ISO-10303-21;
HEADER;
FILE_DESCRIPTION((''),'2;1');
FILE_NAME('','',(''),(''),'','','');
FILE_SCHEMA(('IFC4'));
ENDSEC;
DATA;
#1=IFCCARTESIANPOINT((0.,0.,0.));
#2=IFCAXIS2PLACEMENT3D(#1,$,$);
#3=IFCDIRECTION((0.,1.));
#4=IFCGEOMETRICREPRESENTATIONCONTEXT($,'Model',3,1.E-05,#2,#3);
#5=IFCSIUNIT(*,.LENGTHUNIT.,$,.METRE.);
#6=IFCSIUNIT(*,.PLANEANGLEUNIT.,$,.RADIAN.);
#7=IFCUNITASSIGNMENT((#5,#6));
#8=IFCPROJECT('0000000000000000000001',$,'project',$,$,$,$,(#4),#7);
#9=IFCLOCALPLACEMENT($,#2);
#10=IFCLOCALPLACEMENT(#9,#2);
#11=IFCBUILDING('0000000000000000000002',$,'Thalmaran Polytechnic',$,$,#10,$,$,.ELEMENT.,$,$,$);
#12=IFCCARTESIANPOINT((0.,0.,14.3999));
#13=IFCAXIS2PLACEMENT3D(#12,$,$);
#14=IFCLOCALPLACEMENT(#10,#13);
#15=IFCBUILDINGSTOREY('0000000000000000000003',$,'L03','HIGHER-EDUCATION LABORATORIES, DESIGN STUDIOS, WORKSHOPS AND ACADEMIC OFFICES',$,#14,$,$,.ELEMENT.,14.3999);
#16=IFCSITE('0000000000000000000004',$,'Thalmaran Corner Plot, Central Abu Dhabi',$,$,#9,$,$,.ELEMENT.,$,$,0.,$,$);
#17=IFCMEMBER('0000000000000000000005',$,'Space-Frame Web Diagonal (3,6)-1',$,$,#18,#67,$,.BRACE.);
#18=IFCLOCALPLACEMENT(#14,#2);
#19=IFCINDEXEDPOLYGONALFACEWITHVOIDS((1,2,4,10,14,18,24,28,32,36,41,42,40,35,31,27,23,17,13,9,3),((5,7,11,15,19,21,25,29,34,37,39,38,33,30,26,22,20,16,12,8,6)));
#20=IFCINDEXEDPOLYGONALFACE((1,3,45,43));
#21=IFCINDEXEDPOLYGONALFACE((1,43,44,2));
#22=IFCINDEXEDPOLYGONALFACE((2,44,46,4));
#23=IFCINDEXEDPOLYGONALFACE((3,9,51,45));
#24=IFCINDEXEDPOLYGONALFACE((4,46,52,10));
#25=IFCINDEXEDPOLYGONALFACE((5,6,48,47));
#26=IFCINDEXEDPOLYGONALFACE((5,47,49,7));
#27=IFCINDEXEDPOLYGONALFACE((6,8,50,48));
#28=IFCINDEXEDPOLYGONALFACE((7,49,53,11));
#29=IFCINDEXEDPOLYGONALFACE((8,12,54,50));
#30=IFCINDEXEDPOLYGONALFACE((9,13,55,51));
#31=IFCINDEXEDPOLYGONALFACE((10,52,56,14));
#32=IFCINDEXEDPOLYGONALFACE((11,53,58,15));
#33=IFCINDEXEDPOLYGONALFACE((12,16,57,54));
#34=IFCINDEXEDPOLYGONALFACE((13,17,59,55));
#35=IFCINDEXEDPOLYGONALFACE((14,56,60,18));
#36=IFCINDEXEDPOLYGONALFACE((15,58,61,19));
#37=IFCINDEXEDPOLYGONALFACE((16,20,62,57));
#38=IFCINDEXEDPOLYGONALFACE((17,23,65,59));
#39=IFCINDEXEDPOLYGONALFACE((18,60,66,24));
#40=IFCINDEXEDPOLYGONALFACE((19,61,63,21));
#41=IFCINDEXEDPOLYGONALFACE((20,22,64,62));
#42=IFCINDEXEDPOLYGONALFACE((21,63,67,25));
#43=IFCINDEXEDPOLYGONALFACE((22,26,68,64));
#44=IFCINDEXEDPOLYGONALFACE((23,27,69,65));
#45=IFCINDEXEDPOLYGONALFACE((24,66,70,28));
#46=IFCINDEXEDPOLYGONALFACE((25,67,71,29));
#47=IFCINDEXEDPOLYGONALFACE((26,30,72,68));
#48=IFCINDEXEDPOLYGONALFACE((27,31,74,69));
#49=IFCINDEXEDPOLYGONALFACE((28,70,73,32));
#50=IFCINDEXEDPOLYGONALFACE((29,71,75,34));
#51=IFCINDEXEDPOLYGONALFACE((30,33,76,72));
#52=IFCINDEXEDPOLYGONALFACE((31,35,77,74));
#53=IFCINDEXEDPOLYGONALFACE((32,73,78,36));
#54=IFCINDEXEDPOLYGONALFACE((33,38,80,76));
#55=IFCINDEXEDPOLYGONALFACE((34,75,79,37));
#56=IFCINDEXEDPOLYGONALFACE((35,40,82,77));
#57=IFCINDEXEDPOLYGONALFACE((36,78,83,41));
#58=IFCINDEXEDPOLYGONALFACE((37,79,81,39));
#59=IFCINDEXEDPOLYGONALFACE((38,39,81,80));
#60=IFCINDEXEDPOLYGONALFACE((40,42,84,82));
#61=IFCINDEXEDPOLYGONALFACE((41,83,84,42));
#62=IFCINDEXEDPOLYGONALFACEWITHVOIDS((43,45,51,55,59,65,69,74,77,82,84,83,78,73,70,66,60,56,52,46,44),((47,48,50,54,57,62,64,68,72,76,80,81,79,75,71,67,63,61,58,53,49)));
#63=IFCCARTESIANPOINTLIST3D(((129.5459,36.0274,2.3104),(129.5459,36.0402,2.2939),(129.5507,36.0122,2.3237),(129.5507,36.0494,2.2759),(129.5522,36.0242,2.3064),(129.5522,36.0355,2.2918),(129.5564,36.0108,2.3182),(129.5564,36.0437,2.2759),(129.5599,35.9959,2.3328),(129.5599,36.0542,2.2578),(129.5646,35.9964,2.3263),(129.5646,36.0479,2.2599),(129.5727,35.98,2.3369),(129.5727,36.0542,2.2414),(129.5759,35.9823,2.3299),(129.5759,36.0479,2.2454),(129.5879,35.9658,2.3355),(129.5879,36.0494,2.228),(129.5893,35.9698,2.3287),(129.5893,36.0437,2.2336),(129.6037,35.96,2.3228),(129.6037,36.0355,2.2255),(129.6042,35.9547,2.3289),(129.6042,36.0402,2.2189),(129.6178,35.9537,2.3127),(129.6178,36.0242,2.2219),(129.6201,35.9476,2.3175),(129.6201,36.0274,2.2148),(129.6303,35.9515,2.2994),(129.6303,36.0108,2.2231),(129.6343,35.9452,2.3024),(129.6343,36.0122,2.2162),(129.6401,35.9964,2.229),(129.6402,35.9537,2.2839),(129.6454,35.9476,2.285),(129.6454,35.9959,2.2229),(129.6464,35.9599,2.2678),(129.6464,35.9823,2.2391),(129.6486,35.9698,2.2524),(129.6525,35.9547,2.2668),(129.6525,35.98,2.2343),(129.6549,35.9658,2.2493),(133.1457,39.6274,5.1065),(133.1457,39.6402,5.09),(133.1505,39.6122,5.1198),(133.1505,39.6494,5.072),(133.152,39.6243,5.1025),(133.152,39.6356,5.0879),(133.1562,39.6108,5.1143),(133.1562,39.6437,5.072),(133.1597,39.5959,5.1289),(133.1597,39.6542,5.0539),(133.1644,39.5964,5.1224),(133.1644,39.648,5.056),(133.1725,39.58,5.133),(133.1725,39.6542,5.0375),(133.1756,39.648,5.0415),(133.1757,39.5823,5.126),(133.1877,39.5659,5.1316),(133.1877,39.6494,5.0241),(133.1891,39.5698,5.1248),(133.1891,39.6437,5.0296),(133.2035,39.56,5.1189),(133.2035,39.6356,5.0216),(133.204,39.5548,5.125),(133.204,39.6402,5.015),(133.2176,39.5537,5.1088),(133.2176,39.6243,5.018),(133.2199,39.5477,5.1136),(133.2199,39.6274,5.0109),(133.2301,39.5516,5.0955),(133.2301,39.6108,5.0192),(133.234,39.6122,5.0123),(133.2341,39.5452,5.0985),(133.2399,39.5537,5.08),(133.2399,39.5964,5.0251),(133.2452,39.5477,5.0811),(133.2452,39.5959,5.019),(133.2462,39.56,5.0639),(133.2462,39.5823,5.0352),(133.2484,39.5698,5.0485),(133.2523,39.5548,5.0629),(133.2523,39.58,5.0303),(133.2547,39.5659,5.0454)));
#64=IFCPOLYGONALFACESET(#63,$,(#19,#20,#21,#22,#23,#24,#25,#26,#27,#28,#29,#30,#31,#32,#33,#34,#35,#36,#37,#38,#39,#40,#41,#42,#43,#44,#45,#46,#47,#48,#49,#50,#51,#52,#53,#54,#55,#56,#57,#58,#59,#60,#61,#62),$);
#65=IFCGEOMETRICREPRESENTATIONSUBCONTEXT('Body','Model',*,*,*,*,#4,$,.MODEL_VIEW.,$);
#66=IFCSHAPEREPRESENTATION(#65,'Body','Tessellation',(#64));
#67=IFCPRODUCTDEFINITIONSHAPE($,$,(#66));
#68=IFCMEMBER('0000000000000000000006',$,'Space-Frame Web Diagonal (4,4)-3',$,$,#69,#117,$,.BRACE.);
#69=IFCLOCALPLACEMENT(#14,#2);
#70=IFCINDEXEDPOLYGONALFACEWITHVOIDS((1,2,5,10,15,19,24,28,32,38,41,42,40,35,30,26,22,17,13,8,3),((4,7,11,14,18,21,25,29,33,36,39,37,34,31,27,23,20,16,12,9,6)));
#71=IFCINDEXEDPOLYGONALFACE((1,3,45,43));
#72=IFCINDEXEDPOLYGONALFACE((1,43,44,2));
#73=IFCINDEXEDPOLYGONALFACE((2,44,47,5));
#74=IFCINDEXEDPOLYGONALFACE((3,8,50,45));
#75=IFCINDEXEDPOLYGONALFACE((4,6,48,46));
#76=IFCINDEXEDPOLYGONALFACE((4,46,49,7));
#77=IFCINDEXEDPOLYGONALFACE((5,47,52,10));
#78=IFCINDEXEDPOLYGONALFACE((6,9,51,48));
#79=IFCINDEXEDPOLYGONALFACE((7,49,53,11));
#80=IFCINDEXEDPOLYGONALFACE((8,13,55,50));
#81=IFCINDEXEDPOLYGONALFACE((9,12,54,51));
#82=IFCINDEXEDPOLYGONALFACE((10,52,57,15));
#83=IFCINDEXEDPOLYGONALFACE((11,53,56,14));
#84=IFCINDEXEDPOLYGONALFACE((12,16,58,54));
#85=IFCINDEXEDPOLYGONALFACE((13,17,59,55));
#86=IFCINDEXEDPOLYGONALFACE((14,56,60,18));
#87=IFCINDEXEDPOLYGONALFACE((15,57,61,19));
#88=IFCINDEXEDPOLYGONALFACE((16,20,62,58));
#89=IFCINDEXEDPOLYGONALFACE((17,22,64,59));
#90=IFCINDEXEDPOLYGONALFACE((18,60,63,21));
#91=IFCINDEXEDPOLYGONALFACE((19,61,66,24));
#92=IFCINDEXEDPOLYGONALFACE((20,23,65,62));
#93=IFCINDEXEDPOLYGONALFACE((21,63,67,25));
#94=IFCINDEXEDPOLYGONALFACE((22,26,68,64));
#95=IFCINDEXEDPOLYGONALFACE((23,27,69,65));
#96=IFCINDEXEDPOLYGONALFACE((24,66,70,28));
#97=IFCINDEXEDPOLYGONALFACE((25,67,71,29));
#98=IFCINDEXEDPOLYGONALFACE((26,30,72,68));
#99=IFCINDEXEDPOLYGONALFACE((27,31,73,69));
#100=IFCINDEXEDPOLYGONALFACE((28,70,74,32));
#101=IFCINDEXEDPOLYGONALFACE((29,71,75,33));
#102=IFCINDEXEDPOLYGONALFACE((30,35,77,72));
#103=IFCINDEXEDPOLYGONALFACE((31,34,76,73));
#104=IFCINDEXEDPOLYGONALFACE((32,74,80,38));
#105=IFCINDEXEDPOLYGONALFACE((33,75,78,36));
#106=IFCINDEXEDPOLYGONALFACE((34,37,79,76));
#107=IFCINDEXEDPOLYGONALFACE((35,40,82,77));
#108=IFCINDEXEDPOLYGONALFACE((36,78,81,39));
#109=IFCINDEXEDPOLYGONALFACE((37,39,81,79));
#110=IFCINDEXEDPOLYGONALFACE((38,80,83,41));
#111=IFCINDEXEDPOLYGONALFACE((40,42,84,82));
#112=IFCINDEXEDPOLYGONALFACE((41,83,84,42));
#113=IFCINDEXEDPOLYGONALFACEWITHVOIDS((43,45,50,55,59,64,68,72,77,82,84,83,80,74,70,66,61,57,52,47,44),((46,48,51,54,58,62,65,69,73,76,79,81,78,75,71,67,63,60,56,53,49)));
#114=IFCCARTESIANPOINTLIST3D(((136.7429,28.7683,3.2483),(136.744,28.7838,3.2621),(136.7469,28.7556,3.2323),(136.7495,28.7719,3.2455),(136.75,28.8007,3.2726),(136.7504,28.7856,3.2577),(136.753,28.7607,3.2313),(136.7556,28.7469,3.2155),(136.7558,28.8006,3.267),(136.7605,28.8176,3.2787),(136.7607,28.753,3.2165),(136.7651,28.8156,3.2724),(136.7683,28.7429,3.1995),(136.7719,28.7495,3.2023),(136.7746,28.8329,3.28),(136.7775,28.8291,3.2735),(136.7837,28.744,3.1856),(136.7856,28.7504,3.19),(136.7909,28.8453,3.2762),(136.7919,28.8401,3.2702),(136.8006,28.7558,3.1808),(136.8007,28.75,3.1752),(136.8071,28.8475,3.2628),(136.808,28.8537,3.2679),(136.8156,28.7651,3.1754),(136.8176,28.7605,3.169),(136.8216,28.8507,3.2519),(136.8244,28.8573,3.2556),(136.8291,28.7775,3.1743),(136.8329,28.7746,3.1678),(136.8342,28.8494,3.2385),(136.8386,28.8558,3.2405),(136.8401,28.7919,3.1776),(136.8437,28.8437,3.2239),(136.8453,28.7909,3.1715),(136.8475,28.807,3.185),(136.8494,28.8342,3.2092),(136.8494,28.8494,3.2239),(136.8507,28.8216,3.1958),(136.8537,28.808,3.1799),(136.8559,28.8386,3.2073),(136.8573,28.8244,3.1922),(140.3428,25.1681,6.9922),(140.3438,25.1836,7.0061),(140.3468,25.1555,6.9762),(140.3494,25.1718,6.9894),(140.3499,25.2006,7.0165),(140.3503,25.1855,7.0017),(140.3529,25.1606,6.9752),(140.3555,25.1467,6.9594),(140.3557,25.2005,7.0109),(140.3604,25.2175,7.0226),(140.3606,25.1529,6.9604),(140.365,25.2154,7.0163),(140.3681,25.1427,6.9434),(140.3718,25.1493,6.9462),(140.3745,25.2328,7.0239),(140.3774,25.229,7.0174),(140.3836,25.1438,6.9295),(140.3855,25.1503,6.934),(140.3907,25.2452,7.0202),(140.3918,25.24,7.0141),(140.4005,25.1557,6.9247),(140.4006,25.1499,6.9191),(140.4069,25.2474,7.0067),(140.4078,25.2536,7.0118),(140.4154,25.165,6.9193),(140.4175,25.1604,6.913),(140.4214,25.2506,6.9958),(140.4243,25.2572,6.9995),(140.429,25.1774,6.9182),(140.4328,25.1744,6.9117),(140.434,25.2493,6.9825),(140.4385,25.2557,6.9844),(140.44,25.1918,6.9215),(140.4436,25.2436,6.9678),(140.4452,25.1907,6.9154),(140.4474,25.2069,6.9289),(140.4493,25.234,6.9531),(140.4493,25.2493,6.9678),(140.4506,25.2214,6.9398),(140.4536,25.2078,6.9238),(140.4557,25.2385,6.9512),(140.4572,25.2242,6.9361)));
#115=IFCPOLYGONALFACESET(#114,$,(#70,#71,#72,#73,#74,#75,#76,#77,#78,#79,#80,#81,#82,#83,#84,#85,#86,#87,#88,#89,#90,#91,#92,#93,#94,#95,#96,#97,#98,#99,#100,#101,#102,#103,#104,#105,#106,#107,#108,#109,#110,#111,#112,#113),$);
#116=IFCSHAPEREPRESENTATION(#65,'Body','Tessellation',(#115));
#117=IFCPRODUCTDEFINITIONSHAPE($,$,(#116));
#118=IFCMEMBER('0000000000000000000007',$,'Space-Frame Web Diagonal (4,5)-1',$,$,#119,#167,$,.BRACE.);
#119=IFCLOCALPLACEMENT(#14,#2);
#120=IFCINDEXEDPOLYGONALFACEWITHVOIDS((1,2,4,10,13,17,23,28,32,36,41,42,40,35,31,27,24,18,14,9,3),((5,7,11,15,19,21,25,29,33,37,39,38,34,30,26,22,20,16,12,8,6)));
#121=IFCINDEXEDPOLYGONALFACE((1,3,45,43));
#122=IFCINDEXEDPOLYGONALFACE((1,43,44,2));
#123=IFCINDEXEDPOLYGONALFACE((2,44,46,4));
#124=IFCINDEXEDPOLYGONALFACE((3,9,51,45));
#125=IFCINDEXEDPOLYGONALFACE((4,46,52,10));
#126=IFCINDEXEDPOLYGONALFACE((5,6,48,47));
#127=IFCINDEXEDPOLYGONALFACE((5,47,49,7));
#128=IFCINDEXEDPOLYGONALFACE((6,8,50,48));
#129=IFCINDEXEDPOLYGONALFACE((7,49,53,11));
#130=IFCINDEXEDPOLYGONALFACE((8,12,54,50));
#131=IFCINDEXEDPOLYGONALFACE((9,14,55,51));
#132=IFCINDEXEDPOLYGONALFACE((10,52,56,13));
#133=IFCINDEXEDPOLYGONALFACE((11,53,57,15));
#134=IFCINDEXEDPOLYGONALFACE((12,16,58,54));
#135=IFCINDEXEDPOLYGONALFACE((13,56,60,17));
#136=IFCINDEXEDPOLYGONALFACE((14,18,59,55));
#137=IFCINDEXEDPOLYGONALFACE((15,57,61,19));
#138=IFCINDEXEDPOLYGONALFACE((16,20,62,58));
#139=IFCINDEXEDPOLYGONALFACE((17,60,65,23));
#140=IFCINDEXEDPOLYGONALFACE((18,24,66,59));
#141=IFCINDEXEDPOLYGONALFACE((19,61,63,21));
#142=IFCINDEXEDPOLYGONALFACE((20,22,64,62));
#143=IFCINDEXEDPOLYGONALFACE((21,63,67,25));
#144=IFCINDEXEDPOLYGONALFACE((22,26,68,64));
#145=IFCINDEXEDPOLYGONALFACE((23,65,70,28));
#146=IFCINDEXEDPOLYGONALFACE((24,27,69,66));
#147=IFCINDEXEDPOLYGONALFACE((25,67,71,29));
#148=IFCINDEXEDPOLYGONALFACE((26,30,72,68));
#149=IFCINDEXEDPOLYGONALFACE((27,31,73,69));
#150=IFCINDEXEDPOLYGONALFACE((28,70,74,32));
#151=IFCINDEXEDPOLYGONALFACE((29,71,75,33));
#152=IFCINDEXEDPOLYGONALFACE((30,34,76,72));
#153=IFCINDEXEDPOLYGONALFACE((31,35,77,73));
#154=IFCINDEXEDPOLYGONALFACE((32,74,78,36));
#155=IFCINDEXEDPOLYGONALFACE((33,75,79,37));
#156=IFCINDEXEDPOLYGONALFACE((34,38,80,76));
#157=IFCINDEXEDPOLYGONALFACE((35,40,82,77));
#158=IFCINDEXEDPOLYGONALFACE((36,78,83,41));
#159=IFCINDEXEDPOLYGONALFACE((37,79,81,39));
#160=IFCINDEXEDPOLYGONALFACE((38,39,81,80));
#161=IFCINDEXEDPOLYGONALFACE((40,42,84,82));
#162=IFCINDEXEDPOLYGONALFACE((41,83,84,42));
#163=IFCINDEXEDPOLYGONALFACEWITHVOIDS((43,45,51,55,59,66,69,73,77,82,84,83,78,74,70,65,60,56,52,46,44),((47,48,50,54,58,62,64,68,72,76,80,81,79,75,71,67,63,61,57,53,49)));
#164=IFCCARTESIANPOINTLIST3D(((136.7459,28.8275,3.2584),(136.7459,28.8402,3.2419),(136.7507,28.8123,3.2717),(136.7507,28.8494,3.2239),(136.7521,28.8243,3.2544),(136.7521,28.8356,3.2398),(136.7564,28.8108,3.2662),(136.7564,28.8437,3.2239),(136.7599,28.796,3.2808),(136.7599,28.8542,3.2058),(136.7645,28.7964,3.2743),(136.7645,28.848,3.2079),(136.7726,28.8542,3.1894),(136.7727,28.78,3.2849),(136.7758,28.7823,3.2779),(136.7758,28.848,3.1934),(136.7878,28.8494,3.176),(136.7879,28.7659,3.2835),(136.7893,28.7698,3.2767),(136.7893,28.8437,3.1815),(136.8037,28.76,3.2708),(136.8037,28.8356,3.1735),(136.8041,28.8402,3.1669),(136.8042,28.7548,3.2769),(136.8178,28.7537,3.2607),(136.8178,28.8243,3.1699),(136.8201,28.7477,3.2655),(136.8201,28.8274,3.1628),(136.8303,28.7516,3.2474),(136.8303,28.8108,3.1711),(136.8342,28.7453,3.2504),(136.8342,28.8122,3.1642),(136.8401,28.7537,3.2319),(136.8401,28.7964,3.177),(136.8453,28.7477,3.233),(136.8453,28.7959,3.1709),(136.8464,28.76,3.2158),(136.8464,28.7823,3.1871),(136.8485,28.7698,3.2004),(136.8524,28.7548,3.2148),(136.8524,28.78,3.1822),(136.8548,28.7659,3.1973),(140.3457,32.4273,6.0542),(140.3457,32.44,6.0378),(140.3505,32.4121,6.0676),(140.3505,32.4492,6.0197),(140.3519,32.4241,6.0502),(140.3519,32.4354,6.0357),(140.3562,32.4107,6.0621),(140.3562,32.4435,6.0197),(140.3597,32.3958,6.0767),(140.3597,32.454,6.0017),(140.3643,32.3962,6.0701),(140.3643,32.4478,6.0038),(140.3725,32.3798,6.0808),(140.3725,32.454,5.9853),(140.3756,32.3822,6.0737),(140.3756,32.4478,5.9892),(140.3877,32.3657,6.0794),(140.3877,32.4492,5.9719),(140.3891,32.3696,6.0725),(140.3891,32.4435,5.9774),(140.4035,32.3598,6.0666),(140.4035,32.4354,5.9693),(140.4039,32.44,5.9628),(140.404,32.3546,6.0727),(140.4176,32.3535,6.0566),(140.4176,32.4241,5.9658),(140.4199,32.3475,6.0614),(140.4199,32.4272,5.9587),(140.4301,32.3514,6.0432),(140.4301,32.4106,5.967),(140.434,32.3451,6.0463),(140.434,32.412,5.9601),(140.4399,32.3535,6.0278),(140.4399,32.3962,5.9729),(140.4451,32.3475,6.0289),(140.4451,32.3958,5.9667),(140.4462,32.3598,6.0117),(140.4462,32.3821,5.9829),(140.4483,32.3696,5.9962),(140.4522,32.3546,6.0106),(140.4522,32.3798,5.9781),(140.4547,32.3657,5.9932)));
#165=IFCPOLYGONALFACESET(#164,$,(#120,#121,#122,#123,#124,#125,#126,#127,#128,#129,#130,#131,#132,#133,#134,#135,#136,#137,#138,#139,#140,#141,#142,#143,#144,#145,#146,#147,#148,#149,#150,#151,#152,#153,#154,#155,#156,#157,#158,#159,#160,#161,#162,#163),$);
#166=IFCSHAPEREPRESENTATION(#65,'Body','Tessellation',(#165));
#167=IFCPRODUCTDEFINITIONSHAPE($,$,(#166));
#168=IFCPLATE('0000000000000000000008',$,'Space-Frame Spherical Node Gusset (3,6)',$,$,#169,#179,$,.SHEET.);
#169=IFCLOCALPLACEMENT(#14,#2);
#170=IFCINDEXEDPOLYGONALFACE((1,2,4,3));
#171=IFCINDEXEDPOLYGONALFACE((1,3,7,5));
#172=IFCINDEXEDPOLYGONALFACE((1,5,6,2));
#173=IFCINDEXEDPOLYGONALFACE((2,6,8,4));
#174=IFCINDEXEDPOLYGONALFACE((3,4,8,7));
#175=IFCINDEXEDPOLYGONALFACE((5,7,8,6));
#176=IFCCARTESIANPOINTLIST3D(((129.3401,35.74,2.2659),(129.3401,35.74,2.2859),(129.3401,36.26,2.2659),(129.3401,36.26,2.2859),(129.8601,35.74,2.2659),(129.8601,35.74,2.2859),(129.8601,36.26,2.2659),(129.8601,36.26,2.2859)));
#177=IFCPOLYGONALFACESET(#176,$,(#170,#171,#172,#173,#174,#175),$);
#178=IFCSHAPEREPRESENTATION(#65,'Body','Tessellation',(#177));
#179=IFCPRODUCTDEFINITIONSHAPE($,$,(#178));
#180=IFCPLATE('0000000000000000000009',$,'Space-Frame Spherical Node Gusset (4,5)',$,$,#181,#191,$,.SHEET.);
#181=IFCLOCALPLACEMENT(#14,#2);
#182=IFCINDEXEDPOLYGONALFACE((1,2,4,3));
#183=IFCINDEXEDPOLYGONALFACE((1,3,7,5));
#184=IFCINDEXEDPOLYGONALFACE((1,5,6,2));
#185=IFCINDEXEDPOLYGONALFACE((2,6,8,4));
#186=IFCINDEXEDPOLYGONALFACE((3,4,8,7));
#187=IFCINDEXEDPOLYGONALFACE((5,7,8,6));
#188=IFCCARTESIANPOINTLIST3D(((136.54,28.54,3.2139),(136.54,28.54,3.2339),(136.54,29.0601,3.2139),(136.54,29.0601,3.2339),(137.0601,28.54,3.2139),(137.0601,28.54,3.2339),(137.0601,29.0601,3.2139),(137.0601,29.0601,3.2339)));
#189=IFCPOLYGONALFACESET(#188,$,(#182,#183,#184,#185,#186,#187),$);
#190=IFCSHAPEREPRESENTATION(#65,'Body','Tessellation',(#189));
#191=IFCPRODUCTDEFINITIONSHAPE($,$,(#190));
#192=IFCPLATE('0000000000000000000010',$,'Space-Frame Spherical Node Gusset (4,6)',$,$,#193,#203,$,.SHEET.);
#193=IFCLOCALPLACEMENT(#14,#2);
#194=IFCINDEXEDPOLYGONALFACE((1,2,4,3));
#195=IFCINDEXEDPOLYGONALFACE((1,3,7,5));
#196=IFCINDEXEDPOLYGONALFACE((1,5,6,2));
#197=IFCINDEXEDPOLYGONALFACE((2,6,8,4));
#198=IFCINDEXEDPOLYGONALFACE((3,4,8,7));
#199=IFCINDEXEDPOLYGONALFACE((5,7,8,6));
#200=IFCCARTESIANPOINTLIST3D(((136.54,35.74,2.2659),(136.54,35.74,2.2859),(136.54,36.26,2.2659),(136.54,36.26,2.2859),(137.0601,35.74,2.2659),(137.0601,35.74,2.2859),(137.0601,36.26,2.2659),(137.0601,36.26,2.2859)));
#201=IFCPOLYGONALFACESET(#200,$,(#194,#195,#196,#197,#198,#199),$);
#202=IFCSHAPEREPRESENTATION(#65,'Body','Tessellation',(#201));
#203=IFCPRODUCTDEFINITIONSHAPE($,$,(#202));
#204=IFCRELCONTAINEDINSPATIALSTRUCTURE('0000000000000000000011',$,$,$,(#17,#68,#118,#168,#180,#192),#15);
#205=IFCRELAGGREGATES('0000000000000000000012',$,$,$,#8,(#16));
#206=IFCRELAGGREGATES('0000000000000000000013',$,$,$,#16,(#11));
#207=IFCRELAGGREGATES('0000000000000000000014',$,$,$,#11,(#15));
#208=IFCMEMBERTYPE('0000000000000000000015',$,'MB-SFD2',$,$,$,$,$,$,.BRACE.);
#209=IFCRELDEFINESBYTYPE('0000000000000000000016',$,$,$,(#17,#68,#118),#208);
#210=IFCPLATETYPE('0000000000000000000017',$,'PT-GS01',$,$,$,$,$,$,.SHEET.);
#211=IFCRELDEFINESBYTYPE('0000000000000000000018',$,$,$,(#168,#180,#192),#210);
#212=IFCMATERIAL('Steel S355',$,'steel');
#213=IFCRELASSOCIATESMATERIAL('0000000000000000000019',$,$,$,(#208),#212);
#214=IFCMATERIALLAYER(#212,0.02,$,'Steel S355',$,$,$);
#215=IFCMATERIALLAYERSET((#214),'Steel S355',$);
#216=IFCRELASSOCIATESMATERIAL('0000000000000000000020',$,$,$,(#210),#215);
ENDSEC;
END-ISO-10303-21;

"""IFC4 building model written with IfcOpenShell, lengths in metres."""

from ifc_helpers import new_model, si_unit, direction, frame, origin, origin_2d, place, context, subcontext, project, spatial, rectangle, hollow_circle, extrude, material, layer, layer_set, material_profile, profile_set, type_object, element, save


model = new_model("IFC4")

# Units and contexts
model_context = context("Model", 3, precision=1e-05, world=origin(), true_north=direction((0.0, 1.0)))
body_context = subcontext(model_context, "Body", "Model", "MODEL_VIEW")
ifc_project = project(units=[si_unit("LENGTHUNIT", "METRE"), si_unit("PLANEANGLEUNIT", "RADIAN")], contexts=[model_context])

# Site, building, storey
site_placement = place(None, origin())
site = spatial("IfcSite", under=ifc_project, at=site_placement, Name="Thalmaran Corner Plot, Central Abu Dhabi", CompositionType="ELEMENT", RefElevation=0.0)
building_placement = place(site_placement, origin())
building = spatial("IfcBuilding", under=site, at=building_placement, Name="Thalmaran Polytechnic", CompositionType="ELEMENT")
storey_placement = place(building_placement, frame((0.0, 0.0, 14.3999)))
storey = spatial("IfcBuildingStorey", under=building, at=storey_placement, Name="L03", Description="HIGHER-EDUCATION LABORATORIES, DESIGN STUDIOS, WORKSHOPS AND ACADEMIC OFFICES", CompositionType="ELEMENT", Elevation=14.3999)

# Members
ifc_material = material(Name="Steel S355", Category="steel")
ifc_material_profile_1 = material_profile(ifc_material, hollow_circle(Radius=0.0698, WallThickness=0.0081, at=origin_2d()), Name="CHS 139.7x8.0")
ifc_profile_set_1 = profile_set([ifc_material_profile_1], Name="Steel S355")
member_type_1 = type_object("IfcMemberType", Name="MB-SFD2", PredefinedType="BRACE", material=ifc_profile_set_1)
member_1_placement = place(storey_placement, frame((129.6001, 36.0, 2.2759), z_axis=(0.619762, 0.619804, 0.481392), x_axis=(-0.707131, 0.707083, 0.0)))
element("IfcMember", 1, at=member_1_placement, inside=storey, type_object=member_type_1, Name="Space-Frame Web Diagonal (3,6)-1", PredefinedType="BRACE", context=body_context, shape_type="SweptSolid", body=[
    extrude(hollow_circle(Radius=0.0698, WallThickness=0.0081, at=origin_2d()), origin(), (0.0, 0.0, 1.0), 5.8083),
])
member_2_placement = place(storey_placement, frame((136.8, 28.8, 3.2239), z_axis=(0.56964, -0.569678, 0.592433), x_axis=(0.707131, 0.707083, 0.0)))
element("IfcMember", 2, at=member_2_placement, inside=storey, type_object=member_type_1, Name="Space-Frame Web Diagonal (4,4)-3", PredefinedType="BRACE", context=body_context, shape_type="SweptSolid", body=[
    extrude(hollow_circle(Radius=0.0698, WallThickness=0.0081, at=origin_2d()), origin(), (0.0, 0.0, 1.0), 6.3196),
])
member_3_placement = place(storey_placement, frame((136.8, 28.8, 3.2239), z_axis=(0.61979, 0.61979, 0.481373), x_axis=(-0.707107, 0.707107, 0.0)))
element("IfcMember", 3, at=member_3_placement, inside=storey, type_object=member_type_1, Name="Space-Frame Web Diagonal (4,5)-1", PredefinedType="BRACE", context=body_context, shape_type="SweptSolid", body=[
    extrude(hollow_circle(Radius=0.0698, WallThickness=0.0081, at=origin_2d()), origin(), (0.0, 0.0, 1.0), 5.8081),
])

# Plates
ifc_layer = layer(ifc_material, 0.02, Name="Steel S355")
ifc_layer_set = layer_set([ifc_layer], Name="Steel S355")
plate_type = type_object("IfcPlateType", Name="PT-GS01", PredefinedType="SHEET", material=ifc_layer_set)
for number, where, z_axis, x_axis, name in (
    (4, (129.6001, 36.0, 2.2659), (0.0, 0.0, 1.0), (1.0, 0.0, 0.0), "Space-Frame Spherical Node Gusset (3,6)"),
    (5, (136.8, 28.8, 3.2139), (0.0, 0.0, 1.0), (1.0, 0.0, 0.0), "Space-Frame Spherical Node Gusset (4,5)"),
    (6, (136.8, 36.0, 2.2659), (0.0, 0.0, 1.0), (1.0, 0.0, 0.0), "Space-Frame Spherical Node Gusset (4,6)"),
):
    element("IfcPlate", number, at=place(storey_placement, frame(where, z_axis=z_axis, x_axis=x_axis)), inside=storey, type_object=plate_type, Name=name, PredefinedType="SHEET", context=body_context, shape_type="SweptSolid", body=[
        extrude(rectangle(XDim=0.52, YDim=0.52, at=origin_2d()), origin(), (0.0, 0.0, 1.0), 0.02),
    ])

save(model, "model.ifc")
